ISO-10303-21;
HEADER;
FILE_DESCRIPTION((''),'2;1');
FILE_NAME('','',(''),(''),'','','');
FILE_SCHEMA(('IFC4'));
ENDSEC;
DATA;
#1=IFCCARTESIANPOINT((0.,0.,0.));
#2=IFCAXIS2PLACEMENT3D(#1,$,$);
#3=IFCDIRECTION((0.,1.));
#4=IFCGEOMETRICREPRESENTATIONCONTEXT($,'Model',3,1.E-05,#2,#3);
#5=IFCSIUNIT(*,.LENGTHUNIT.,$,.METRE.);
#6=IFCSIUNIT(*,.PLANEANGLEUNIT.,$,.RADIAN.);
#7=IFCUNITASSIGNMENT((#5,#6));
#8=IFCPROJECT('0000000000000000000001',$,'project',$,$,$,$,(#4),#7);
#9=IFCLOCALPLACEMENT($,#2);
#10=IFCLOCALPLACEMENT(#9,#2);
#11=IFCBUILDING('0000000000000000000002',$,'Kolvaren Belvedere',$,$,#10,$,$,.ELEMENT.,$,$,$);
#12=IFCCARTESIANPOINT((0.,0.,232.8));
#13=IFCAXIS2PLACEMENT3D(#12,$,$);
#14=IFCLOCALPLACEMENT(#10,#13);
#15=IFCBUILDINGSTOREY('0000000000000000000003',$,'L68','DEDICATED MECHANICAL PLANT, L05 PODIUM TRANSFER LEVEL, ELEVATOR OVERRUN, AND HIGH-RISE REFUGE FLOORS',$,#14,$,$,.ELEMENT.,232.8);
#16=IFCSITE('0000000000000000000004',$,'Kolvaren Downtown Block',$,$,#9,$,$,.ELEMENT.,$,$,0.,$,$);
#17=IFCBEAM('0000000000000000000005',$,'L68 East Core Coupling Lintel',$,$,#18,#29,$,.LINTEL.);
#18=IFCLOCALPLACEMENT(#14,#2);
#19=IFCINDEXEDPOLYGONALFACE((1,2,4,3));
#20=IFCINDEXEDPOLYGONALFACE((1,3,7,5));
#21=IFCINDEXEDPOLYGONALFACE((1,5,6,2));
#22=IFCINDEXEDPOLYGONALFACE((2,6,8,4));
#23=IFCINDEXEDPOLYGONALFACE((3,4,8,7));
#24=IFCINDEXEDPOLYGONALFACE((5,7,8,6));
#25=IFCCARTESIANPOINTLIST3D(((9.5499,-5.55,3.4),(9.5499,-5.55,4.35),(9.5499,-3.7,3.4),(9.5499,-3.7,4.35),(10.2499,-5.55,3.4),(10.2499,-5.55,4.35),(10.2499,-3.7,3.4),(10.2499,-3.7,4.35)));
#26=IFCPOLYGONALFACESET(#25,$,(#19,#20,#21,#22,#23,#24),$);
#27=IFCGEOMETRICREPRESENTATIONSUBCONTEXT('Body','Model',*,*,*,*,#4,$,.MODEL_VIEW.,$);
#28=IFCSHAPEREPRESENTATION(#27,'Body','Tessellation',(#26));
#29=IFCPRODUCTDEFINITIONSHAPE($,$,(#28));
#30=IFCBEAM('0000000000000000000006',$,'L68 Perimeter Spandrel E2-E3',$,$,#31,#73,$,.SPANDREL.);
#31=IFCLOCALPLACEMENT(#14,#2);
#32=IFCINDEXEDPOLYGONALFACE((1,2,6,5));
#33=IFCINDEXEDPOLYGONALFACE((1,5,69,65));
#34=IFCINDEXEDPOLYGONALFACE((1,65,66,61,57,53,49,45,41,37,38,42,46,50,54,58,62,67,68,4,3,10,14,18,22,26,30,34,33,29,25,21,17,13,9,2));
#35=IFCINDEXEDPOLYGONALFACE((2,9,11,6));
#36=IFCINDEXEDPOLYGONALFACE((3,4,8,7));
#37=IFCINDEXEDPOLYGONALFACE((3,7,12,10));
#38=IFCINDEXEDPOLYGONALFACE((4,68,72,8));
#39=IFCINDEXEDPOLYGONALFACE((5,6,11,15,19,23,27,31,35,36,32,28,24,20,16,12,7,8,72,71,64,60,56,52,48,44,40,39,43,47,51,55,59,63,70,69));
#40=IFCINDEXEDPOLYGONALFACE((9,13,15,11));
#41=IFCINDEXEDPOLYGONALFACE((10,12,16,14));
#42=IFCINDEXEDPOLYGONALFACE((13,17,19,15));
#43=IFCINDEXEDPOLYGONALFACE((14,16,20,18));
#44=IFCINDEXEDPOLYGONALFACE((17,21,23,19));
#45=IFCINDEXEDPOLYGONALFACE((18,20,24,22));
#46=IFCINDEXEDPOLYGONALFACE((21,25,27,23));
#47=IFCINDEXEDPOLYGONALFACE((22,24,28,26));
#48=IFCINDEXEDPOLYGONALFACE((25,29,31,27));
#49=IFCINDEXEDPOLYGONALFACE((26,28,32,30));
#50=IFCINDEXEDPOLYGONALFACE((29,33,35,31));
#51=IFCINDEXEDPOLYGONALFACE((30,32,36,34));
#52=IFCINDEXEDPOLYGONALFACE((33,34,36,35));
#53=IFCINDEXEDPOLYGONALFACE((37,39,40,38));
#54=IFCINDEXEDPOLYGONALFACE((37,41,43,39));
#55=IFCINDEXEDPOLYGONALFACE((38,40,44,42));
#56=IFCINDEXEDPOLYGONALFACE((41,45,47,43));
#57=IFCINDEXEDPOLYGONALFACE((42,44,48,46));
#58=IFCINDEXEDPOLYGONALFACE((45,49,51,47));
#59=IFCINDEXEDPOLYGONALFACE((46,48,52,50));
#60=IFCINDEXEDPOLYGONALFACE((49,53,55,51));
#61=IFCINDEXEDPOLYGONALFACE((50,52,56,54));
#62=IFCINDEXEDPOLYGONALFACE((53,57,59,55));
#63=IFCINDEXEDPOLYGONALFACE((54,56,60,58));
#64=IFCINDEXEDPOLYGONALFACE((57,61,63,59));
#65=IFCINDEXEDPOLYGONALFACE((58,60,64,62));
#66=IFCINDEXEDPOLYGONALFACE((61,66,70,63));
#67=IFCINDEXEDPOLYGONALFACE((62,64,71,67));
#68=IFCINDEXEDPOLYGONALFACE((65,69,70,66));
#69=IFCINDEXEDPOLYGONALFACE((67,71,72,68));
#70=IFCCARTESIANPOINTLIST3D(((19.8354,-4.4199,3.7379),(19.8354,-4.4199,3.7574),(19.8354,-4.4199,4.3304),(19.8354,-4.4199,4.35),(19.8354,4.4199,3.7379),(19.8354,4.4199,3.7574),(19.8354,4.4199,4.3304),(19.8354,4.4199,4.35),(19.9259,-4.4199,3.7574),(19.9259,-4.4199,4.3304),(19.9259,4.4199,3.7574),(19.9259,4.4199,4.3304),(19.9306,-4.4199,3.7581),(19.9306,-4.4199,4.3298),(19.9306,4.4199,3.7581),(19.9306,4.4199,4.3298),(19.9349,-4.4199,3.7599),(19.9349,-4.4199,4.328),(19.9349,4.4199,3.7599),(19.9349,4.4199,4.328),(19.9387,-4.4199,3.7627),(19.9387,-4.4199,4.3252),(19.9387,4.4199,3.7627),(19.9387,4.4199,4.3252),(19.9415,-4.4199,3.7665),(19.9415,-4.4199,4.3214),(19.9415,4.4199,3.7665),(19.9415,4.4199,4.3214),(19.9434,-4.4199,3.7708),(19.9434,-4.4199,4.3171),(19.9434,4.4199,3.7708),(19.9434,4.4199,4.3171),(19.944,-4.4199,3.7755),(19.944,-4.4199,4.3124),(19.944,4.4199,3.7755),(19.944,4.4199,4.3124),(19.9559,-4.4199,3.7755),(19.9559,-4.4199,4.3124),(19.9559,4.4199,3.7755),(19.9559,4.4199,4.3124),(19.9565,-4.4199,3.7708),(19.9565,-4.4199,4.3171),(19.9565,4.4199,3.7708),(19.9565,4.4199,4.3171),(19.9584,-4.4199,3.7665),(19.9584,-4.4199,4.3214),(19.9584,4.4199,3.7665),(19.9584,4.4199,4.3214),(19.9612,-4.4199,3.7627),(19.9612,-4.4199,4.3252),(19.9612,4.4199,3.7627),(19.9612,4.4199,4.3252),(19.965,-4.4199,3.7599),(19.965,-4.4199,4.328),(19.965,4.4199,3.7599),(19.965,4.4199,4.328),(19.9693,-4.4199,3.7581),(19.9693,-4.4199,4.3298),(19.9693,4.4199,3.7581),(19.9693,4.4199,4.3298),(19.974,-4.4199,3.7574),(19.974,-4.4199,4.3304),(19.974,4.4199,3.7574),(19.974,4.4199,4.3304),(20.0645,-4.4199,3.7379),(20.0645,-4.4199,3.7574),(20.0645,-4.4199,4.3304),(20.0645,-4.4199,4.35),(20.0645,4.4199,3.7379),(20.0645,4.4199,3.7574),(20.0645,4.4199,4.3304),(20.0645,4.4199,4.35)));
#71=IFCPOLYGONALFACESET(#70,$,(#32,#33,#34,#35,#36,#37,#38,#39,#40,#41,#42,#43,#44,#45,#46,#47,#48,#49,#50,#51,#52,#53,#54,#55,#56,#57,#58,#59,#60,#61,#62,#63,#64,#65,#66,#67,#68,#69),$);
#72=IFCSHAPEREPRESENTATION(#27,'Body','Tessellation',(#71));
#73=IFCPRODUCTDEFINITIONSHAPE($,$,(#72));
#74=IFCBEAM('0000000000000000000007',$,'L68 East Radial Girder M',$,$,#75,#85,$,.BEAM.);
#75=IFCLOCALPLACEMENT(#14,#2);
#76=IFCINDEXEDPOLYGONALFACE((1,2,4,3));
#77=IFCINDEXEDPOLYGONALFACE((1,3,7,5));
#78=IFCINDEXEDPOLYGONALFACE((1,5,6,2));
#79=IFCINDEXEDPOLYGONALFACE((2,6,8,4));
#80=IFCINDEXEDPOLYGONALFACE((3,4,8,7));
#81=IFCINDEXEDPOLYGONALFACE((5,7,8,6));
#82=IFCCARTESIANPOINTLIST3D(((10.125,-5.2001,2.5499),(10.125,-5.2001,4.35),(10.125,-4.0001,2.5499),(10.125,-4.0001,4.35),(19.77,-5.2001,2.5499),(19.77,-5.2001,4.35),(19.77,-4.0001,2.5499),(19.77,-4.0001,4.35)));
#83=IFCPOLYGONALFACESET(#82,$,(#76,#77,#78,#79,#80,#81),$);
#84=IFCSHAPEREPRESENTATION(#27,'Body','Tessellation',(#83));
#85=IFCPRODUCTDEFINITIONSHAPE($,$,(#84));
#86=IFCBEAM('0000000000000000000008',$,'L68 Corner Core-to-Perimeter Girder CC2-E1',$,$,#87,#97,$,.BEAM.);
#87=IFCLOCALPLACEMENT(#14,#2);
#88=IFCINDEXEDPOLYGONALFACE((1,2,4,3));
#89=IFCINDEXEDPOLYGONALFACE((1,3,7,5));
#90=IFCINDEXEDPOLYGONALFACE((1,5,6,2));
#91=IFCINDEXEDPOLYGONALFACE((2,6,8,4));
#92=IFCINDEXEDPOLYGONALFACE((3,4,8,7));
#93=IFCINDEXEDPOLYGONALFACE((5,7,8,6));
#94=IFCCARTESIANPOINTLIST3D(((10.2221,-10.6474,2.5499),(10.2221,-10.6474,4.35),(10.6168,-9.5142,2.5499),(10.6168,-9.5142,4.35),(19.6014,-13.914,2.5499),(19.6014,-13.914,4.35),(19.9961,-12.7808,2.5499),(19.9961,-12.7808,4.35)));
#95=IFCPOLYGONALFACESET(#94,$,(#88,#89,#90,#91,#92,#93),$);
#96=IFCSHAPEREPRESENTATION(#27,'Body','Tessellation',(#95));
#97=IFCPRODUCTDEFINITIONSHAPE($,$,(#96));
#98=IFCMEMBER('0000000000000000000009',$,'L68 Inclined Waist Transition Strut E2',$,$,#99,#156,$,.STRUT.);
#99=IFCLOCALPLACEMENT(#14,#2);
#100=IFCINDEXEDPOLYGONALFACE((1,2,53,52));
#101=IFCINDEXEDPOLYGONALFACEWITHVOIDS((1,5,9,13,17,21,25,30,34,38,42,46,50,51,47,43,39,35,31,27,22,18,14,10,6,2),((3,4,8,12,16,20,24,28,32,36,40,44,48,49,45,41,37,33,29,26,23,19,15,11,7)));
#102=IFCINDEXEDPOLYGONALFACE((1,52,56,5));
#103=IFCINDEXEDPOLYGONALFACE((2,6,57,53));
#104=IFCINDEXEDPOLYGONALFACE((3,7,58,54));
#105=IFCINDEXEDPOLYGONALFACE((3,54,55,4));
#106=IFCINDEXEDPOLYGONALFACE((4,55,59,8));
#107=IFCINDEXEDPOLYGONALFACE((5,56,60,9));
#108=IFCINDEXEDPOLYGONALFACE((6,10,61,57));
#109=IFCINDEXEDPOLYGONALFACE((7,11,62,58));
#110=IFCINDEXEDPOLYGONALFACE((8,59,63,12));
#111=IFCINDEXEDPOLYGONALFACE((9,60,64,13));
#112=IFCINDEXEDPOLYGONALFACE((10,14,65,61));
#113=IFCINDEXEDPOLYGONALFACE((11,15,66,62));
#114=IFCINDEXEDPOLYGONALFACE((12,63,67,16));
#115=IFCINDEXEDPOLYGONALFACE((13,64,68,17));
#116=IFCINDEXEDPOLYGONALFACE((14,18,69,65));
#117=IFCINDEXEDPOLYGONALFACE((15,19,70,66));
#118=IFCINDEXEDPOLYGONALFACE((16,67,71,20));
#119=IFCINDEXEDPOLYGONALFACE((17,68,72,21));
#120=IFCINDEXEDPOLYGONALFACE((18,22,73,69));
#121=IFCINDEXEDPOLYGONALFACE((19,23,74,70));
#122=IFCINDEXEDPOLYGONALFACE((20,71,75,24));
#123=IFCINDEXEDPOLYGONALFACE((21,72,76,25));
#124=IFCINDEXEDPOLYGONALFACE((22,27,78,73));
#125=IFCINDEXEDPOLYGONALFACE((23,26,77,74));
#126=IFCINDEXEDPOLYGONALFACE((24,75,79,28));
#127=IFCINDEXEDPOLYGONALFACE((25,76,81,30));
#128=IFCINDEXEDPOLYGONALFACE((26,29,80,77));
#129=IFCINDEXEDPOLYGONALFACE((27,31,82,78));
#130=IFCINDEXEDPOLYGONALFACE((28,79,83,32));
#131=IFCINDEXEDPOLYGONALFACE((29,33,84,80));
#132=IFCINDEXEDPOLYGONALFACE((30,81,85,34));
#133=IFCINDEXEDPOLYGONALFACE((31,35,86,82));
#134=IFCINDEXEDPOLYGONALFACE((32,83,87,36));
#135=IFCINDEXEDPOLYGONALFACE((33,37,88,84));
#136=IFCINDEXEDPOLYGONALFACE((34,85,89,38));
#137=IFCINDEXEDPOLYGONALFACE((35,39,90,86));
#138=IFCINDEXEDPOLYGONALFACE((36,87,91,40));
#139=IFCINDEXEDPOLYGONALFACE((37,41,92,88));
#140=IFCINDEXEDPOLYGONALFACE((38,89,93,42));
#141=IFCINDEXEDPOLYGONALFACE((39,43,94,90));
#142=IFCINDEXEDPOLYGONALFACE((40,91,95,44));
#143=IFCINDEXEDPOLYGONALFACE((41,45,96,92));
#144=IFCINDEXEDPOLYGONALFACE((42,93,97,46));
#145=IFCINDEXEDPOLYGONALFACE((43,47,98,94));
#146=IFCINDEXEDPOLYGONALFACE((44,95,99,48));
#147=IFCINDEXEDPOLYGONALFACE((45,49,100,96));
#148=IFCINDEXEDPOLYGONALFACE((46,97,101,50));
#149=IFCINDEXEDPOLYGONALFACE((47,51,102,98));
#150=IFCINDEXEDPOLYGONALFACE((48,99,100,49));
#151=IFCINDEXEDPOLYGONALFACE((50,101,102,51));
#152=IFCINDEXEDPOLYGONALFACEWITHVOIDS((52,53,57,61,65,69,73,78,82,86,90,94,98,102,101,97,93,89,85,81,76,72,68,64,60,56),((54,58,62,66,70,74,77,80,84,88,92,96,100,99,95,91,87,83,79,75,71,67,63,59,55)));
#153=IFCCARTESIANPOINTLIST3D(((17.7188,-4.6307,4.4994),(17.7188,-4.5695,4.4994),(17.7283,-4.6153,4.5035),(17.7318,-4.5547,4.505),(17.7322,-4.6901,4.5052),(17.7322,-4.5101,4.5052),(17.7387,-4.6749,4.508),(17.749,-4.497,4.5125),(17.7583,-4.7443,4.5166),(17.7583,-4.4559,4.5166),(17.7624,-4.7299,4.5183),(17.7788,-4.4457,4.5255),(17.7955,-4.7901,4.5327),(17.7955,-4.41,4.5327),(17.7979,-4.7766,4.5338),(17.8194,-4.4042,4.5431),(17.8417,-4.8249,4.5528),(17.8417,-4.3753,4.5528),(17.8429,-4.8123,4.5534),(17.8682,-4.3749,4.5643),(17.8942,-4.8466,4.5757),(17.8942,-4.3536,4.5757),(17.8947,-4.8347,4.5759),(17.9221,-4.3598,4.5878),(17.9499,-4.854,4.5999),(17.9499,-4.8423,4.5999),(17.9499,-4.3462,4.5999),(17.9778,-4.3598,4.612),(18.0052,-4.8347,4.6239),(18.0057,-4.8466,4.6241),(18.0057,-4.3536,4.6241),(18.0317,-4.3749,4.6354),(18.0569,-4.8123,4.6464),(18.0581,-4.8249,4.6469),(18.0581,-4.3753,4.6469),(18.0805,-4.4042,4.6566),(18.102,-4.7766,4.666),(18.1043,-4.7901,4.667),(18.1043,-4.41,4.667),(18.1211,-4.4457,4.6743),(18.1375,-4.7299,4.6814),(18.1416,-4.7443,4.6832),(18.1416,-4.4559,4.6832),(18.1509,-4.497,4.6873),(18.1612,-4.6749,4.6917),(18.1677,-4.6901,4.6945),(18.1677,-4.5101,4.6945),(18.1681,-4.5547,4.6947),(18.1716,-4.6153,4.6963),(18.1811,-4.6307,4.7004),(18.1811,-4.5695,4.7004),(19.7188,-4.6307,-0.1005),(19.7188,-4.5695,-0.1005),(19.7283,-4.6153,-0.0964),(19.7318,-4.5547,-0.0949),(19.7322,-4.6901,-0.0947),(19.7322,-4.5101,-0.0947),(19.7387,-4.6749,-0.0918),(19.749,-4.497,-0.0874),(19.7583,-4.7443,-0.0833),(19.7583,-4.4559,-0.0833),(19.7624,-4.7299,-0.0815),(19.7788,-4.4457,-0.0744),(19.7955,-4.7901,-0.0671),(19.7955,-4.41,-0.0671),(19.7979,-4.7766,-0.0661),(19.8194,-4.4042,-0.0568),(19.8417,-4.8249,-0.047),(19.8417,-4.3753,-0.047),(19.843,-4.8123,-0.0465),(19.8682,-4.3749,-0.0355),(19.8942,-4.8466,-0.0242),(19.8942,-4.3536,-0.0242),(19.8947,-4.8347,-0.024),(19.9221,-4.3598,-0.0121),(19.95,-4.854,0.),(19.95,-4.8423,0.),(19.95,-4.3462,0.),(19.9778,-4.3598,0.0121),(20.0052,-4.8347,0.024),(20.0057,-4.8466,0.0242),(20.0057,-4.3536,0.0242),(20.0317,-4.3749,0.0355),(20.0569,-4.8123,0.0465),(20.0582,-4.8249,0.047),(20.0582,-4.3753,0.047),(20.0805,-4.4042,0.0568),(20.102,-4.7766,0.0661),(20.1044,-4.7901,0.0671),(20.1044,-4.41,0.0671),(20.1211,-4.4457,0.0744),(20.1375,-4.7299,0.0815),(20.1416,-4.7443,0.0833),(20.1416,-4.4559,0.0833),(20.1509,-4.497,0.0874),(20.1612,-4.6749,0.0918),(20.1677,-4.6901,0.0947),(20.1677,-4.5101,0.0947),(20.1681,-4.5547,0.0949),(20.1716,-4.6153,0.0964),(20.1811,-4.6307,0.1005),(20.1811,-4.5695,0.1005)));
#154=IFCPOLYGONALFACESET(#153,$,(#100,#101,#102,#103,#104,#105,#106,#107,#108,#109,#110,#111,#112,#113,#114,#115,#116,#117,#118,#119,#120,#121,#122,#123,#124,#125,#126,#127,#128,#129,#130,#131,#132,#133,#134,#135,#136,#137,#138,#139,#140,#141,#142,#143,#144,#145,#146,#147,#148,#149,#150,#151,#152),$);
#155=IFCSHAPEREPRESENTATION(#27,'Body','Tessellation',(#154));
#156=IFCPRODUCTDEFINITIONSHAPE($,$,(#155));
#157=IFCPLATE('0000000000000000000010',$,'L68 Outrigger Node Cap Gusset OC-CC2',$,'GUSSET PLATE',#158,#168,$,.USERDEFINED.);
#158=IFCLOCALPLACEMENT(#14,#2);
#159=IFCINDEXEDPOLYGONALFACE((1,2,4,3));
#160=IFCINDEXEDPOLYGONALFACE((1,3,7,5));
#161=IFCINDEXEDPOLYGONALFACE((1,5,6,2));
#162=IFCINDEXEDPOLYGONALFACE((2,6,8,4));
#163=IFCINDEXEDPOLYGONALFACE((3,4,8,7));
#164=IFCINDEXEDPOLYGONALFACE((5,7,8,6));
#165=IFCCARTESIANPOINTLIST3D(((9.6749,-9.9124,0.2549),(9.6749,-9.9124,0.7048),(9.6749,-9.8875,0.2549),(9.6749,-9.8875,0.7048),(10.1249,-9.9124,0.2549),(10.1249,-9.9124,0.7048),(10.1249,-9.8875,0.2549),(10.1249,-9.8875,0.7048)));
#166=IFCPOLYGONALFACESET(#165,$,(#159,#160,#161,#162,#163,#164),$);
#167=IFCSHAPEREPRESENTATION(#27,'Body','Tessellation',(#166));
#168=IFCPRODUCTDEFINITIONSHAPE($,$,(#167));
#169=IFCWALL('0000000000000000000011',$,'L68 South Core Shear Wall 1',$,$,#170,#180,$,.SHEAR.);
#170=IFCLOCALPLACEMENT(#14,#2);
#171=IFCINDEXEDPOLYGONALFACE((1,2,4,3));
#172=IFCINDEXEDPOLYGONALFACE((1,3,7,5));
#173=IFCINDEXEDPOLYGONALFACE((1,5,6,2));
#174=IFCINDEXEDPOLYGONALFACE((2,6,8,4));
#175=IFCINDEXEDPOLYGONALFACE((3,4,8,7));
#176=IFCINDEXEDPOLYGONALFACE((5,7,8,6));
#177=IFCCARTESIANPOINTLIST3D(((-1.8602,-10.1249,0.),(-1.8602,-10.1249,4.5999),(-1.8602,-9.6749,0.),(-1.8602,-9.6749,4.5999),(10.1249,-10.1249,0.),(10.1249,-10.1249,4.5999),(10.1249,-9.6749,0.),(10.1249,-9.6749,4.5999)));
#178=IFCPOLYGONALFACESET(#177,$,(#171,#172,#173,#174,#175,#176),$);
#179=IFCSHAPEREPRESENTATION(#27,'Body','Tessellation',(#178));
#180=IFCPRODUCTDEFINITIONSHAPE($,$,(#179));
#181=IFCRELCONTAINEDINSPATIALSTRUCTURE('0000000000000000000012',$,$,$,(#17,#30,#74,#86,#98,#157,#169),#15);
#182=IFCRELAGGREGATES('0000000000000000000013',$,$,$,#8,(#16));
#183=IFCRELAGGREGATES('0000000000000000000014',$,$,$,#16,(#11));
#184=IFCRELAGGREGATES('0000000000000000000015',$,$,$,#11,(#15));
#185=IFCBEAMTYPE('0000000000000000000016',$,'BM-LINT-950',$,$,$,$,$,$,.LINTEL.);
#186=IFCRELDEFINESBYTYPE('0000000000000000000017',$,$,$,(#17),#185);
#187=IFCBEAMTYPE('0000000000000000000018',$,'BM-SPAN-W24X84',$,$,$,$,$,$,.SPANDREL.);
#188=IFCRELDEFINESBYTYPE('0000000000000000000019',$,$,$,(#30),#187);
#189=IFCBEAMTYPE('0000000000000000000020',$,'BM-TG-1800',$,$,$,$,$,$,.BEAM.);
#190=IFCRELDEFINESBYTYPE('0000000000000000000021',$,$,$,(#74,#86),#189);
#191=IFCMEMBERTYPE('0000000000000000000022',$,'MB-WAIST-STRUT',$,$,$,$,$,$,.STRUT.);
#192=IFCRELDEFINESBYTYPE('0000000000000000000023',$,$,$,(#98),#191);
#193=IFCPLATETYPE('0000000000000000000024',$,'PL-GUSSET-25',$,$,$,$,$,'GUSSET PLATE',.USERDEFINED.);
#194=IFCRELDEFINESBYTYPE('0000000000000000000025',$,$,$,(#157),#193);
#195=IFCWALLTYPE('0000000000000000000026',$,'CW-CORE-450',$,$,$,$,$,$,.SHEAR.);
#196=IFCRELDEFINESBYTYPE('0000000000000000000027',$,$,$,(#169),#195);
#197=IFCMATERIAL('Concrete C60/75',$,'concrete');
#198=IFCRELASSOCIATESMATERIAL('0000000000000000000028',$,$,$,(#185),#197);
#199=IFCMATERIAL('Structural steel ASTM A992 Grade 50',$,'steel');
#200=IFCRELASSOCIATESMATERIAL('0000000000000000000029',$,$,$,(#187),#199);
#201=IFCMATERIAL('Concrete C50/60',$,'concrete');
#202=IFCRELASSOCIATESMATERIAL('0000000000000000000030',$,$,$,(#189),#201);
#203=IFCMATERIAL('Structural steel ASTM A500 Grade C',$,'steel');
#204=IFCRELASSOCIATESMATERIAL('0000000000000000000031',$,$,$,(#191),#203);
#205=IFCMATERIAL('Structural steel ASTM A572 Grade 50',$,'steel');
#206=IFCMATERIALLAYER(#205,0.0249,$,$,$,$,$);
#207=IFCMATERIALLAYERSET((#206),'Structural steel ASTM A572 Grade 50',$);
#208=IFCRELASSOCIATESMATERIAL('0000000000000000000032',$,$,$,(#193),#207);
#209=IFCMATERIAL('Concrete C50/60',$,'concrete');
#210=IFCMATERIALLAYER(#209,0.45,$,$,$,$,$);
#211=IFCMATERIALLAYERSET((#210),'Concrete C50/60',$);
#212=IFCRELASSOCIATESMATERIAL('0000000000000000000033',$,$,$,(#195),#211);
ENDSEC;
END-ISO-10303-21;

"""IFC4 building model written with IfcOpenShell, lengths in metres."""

from ifc_helpers import new_model, si_unit, direction, frame, frame_2d, origin, origin_2d, place, context, subcontext, project, spatial, rectangle, hollow_circle, i_section, extrude, material, layer, layer_set, material_profile, profile_set, type_object, element, save


model = new_model("IFC4")

# Units and contexts
model_context = context("Model", 3, precision=1e-05, world=origin(), true_north=direction((0.0, 1.0)))
body_context = subcontext(model_context, "Body", "Model", "MODEL_VIEW")
ifc_project = project(units=[si_unit("LENGTHUNIT", "METRE"), si_unit("PLANEANGLEUNIT", "RADIAN")], contexts=[model_context])

# Site, building, storey
site_placement = place(None, origin())
site = spatial("IfcSite", under=ifc_project, at=site_placement, Name="Kolvaren Downtown Block", CompositionType="ELEMENT", RefElevation=0.0)
building_placement = place(site_placement, origin())
building = spatial("IfcBuilding", under=site, at=building_placement, Name="Kolvaren Belvedere", CompositionType="ELEMENT")
storey_placement = place(building_placement, frame((0.0, 0.0, 232.8)))
storey = spatial("IfcBuildingStorey", under=building, at=storey_placement, Name="L68", Description="DEDICATED MECHANICAL PLANT, L05 PODIUM TRANSFER LEVEL, ELEVATOR OVERRUN, AND HIGH-RISE REFUGE FLOORS", CompositionType="ELEMENT", Elevation=232.8)

# Beams
ifc_material_1 = material(Name="Concrete C60/75", Category="concrete")
ifc_material_profile_1 = material_profile(ifc_material_1, rectangle(XDim=0.7, YDim=0.95, at=origin_2d()), Name="RC 700X950")
ifc_profile_set_1 = profile_set([ifc_material_profile_1], Name="Concrete C60/75")
beam_type_1 = type_object("IfcBeamType", Name="BM-LINT-950", PredefinedType="LINTEL", material=ifc_profile_set_1)
beam_1_placement = place(storey_placement, frame((9.8999, -5.55, 3.875), z_axis=(0.0, 1.0, 0.0), x_axis=(-1.0, 0.0, 0.0)))
element("IfcBeam", 1, at=beam_1_placement, inside=storey, type_object=beam_type_1, Name="L68 East Core Coupling Lintel", PredefinedType="LINTEL", context=body_context, shape_type="SweptSolid", body=[
    extrude(rectangle(XDim=0.7, YDim=0.95, at=origin_2d()), origin(), (0.0, 0.0, 1.0), 1.8501),
])
ifc_material_2 = material(Name="Structural steel ASTM A992 Grade 50", Category="steel")
ifc_material_profile_2 = material_profile(ifc_material_2, i_section(OverallWidth=0.229, OverallDepth=0.6121, WebThickness=0.012, FlangeThickness=0.0195, FilletRadius=0.0181, at=origin_2d()), Name="W24X84")
ifc_profile_set_2 = profile_set([ifc_material_profile_2], Name="Structural steel ASTM A992 Grade 50")
beam_type_2 = type_object("IfcBeamType", Name="BM-SPAN-W24X84", PredefinedType="SPANDREL", material=ifc_profile_set_2)
beam_2_placement = place(storey_placement, frame((19.95, -4.4199, 4.0439), z_axis=(0.0, 1.0, 0.0), x_axis=(-1.0, 0.0, 0.0)))
element("IfcBeam", 2, at=beam_2_placement, inside=storey, type_object=beam_type_2, Name="L68 Perimeter Spandrel E2-E3", PredefinedType="SPANDREL", context=body_context, shape_type="SweptSolid", body=[
    extrude(i_section(OverallWidth=0.229, OverallDepth=0.6121, WebThickness=0.012, FlangeThickness=0.0195, FilletRadius=0.0181, at=origin_2d()), origin(), (0.0, 0.0, 1.0), 8.8398),
])
ifc_material_3 = material(Name="Concrete C50/60", Category="concrete")
ifc_material_profile_3 = material_profile(ifc_material_3, rectangle(XDim=1.2, YDim=1.8, at=origin_2d()), Name="RC 1200X1800")
ifc_profile_set_3 = profile_set([ifc_material_profile_3], Name="Concrete C50/60")
beam_type_3 = type_object("IfcBeamType", Name="BM-TG-1800", PredefinedType="BEAM", material=ifc_profile_set_3)
beam_3_placement = place(storey_placement, frame((10.125, -4.6001, 3.45), z_axis=(1.0, 0.0, 0.0), x_axis=(0.0, 1.0, 0.0)))
element("IfcBeam", 3, at=beam_3_placement, inside=storey, type_object=beam_type_3, Name="L68 East Radial Girder M", PredefinedType="BEAM", context=body_context, shape_type="SweptSolid", body=[
    extrude(rectangle(XDim=1.2, YDim=1.8, at=origin_2d()), origin(), (0.0, 0.0, 1.0), 9.645),
])
beam_4_placement = place(storey_placement, frame((10.4194, -10.0808, 3.45), z_axis=(0.944365, -0.328898, 0.0), x_axis=(0.328898, 0.944365, 0.0)))
element("IfcBeam", 4, at=beam_4_placement, inside=storey, type_object=beam_type_3, Name="L68 Corner Core-to-Perimeter Girder CC2-E1", PredefinedType="BEAM", context=body_context, shape_type="SweptSolid", body=[
    extrude(rectangle(XDim=1.2, YDim=1.8, at=origin_2d()), origin(), (0.0, 0.0, 1.0), 9.9319),
])

# Member
ifc_material_4 = material(Name="Structural steel ASTM A500 Grade C", Category="steel")
ifc_material_profile_4 = material_profile(ifc_material_4, hollow_circle(Radius=0.2539, WallThickness=0.0117, at=origin_2d()), Name="HSS20.000X0.500")
ifc_profile_set_4 = profile_set([ifc_material_profile_4], Name="Structural steel ASTM A500 Grade C")
member_type = type_object("IfcMemberType", Name="MB-WAIST-STRUT", PredefinedType="STRUT", material=ifc_profile_set_4)
member_placement = place(storey_placement, frame((19.95, -4.6001, 0.0), z_axis=(-0.398737, 0.0, 0.917065), x_axis=(0.0, -1.0, 0.0)))
element("IfcMember", 5, at=member_placement, inside=storey, type_object=member_type, Name="L68 Inclined Waist Transition Strut E2", PredefinedType="STRUT", context=body_context, shape_type="SweptSolid", body=[
    extrude(hollow_circle(Radius=0.2539, WallThickness=0.0117, at=origin_2d()), origin(), (0.0, 0.0, 1.0), 5.0159),
])

# Plate
ifc_material_5 = material(Name="Structural steel ASTM A572 Grade 50", Category="steel")
ifc_layer_1 = layer(ifc_material_5, 0.0249)
ifc_layer_set_1 = layer_set([ifc_layer_1], Name="Structural steel ASTM A572 Grade 50")
plate_type = type_object("IfcPlateType", Name="PL-GUSSET-25", ElementType="GUSSET PLATE", PredefinedType="USERDEFINED", material=ifc_layer_set_1)
plate_placement = place(storey_placement, frame((9.8999, -9.8999, 0.2549), z_axis=(0.0, 0.0, 1.0), x_axis=(1.0, 0.0, 0.0)))
element("IfcPlate", 6, at=plate_placement, inside=storey, type_object=plate_type, Name="L68 Outrigger Node Cap Gusset OC-CC2", ObjectType="GUSSET PLATE", PredefinedType="USERDEFINED", context=body_context, shape_type="SweptSolid", body=[
    extrude(rectangle(XDim=0.45, YDim=0.0249, at=origin_2d()), origin(), (0.0, 0.0, 1.0), 0.45),
])

# Wall
ifc_material_6 = material(Name="Concrete C50/60", Category="concrete")
ifc_layer_2 = layer(ifc_material_6, 0.45)
ifc_layer_set_2 = layer_set([ifc_layer_2], Name="Concrete C50/60")
wall_type_1 = type_object("IfcWallType", Name="CW-CORE-450", PredefinedType="SHEAR", material=ifc_layer_set_2)
wall_1_placement = place(storey_placement, frame((10.125, -9.8999, 0.0), z_axis=(0.0, 0.0, 1.0), x_axis=(-1.0, 0.0, 0.0)))
element("IfcWall", 7, at=wall_1_placement, inside=storey, type_object=wall_type_1, Name="L68 South Core Shear Wall 1", PredefinedType="SHEAR", context=body_context, shape_type="SweptSolid", body=[
    extrude(rectangle(XDim=11.9851, YDim=0.45, at=frame_2d((5.9927, 0.0))), origin(), (0.0, 0.0, 1.0), 4.5999),
])

save(model, "model.ifc")
